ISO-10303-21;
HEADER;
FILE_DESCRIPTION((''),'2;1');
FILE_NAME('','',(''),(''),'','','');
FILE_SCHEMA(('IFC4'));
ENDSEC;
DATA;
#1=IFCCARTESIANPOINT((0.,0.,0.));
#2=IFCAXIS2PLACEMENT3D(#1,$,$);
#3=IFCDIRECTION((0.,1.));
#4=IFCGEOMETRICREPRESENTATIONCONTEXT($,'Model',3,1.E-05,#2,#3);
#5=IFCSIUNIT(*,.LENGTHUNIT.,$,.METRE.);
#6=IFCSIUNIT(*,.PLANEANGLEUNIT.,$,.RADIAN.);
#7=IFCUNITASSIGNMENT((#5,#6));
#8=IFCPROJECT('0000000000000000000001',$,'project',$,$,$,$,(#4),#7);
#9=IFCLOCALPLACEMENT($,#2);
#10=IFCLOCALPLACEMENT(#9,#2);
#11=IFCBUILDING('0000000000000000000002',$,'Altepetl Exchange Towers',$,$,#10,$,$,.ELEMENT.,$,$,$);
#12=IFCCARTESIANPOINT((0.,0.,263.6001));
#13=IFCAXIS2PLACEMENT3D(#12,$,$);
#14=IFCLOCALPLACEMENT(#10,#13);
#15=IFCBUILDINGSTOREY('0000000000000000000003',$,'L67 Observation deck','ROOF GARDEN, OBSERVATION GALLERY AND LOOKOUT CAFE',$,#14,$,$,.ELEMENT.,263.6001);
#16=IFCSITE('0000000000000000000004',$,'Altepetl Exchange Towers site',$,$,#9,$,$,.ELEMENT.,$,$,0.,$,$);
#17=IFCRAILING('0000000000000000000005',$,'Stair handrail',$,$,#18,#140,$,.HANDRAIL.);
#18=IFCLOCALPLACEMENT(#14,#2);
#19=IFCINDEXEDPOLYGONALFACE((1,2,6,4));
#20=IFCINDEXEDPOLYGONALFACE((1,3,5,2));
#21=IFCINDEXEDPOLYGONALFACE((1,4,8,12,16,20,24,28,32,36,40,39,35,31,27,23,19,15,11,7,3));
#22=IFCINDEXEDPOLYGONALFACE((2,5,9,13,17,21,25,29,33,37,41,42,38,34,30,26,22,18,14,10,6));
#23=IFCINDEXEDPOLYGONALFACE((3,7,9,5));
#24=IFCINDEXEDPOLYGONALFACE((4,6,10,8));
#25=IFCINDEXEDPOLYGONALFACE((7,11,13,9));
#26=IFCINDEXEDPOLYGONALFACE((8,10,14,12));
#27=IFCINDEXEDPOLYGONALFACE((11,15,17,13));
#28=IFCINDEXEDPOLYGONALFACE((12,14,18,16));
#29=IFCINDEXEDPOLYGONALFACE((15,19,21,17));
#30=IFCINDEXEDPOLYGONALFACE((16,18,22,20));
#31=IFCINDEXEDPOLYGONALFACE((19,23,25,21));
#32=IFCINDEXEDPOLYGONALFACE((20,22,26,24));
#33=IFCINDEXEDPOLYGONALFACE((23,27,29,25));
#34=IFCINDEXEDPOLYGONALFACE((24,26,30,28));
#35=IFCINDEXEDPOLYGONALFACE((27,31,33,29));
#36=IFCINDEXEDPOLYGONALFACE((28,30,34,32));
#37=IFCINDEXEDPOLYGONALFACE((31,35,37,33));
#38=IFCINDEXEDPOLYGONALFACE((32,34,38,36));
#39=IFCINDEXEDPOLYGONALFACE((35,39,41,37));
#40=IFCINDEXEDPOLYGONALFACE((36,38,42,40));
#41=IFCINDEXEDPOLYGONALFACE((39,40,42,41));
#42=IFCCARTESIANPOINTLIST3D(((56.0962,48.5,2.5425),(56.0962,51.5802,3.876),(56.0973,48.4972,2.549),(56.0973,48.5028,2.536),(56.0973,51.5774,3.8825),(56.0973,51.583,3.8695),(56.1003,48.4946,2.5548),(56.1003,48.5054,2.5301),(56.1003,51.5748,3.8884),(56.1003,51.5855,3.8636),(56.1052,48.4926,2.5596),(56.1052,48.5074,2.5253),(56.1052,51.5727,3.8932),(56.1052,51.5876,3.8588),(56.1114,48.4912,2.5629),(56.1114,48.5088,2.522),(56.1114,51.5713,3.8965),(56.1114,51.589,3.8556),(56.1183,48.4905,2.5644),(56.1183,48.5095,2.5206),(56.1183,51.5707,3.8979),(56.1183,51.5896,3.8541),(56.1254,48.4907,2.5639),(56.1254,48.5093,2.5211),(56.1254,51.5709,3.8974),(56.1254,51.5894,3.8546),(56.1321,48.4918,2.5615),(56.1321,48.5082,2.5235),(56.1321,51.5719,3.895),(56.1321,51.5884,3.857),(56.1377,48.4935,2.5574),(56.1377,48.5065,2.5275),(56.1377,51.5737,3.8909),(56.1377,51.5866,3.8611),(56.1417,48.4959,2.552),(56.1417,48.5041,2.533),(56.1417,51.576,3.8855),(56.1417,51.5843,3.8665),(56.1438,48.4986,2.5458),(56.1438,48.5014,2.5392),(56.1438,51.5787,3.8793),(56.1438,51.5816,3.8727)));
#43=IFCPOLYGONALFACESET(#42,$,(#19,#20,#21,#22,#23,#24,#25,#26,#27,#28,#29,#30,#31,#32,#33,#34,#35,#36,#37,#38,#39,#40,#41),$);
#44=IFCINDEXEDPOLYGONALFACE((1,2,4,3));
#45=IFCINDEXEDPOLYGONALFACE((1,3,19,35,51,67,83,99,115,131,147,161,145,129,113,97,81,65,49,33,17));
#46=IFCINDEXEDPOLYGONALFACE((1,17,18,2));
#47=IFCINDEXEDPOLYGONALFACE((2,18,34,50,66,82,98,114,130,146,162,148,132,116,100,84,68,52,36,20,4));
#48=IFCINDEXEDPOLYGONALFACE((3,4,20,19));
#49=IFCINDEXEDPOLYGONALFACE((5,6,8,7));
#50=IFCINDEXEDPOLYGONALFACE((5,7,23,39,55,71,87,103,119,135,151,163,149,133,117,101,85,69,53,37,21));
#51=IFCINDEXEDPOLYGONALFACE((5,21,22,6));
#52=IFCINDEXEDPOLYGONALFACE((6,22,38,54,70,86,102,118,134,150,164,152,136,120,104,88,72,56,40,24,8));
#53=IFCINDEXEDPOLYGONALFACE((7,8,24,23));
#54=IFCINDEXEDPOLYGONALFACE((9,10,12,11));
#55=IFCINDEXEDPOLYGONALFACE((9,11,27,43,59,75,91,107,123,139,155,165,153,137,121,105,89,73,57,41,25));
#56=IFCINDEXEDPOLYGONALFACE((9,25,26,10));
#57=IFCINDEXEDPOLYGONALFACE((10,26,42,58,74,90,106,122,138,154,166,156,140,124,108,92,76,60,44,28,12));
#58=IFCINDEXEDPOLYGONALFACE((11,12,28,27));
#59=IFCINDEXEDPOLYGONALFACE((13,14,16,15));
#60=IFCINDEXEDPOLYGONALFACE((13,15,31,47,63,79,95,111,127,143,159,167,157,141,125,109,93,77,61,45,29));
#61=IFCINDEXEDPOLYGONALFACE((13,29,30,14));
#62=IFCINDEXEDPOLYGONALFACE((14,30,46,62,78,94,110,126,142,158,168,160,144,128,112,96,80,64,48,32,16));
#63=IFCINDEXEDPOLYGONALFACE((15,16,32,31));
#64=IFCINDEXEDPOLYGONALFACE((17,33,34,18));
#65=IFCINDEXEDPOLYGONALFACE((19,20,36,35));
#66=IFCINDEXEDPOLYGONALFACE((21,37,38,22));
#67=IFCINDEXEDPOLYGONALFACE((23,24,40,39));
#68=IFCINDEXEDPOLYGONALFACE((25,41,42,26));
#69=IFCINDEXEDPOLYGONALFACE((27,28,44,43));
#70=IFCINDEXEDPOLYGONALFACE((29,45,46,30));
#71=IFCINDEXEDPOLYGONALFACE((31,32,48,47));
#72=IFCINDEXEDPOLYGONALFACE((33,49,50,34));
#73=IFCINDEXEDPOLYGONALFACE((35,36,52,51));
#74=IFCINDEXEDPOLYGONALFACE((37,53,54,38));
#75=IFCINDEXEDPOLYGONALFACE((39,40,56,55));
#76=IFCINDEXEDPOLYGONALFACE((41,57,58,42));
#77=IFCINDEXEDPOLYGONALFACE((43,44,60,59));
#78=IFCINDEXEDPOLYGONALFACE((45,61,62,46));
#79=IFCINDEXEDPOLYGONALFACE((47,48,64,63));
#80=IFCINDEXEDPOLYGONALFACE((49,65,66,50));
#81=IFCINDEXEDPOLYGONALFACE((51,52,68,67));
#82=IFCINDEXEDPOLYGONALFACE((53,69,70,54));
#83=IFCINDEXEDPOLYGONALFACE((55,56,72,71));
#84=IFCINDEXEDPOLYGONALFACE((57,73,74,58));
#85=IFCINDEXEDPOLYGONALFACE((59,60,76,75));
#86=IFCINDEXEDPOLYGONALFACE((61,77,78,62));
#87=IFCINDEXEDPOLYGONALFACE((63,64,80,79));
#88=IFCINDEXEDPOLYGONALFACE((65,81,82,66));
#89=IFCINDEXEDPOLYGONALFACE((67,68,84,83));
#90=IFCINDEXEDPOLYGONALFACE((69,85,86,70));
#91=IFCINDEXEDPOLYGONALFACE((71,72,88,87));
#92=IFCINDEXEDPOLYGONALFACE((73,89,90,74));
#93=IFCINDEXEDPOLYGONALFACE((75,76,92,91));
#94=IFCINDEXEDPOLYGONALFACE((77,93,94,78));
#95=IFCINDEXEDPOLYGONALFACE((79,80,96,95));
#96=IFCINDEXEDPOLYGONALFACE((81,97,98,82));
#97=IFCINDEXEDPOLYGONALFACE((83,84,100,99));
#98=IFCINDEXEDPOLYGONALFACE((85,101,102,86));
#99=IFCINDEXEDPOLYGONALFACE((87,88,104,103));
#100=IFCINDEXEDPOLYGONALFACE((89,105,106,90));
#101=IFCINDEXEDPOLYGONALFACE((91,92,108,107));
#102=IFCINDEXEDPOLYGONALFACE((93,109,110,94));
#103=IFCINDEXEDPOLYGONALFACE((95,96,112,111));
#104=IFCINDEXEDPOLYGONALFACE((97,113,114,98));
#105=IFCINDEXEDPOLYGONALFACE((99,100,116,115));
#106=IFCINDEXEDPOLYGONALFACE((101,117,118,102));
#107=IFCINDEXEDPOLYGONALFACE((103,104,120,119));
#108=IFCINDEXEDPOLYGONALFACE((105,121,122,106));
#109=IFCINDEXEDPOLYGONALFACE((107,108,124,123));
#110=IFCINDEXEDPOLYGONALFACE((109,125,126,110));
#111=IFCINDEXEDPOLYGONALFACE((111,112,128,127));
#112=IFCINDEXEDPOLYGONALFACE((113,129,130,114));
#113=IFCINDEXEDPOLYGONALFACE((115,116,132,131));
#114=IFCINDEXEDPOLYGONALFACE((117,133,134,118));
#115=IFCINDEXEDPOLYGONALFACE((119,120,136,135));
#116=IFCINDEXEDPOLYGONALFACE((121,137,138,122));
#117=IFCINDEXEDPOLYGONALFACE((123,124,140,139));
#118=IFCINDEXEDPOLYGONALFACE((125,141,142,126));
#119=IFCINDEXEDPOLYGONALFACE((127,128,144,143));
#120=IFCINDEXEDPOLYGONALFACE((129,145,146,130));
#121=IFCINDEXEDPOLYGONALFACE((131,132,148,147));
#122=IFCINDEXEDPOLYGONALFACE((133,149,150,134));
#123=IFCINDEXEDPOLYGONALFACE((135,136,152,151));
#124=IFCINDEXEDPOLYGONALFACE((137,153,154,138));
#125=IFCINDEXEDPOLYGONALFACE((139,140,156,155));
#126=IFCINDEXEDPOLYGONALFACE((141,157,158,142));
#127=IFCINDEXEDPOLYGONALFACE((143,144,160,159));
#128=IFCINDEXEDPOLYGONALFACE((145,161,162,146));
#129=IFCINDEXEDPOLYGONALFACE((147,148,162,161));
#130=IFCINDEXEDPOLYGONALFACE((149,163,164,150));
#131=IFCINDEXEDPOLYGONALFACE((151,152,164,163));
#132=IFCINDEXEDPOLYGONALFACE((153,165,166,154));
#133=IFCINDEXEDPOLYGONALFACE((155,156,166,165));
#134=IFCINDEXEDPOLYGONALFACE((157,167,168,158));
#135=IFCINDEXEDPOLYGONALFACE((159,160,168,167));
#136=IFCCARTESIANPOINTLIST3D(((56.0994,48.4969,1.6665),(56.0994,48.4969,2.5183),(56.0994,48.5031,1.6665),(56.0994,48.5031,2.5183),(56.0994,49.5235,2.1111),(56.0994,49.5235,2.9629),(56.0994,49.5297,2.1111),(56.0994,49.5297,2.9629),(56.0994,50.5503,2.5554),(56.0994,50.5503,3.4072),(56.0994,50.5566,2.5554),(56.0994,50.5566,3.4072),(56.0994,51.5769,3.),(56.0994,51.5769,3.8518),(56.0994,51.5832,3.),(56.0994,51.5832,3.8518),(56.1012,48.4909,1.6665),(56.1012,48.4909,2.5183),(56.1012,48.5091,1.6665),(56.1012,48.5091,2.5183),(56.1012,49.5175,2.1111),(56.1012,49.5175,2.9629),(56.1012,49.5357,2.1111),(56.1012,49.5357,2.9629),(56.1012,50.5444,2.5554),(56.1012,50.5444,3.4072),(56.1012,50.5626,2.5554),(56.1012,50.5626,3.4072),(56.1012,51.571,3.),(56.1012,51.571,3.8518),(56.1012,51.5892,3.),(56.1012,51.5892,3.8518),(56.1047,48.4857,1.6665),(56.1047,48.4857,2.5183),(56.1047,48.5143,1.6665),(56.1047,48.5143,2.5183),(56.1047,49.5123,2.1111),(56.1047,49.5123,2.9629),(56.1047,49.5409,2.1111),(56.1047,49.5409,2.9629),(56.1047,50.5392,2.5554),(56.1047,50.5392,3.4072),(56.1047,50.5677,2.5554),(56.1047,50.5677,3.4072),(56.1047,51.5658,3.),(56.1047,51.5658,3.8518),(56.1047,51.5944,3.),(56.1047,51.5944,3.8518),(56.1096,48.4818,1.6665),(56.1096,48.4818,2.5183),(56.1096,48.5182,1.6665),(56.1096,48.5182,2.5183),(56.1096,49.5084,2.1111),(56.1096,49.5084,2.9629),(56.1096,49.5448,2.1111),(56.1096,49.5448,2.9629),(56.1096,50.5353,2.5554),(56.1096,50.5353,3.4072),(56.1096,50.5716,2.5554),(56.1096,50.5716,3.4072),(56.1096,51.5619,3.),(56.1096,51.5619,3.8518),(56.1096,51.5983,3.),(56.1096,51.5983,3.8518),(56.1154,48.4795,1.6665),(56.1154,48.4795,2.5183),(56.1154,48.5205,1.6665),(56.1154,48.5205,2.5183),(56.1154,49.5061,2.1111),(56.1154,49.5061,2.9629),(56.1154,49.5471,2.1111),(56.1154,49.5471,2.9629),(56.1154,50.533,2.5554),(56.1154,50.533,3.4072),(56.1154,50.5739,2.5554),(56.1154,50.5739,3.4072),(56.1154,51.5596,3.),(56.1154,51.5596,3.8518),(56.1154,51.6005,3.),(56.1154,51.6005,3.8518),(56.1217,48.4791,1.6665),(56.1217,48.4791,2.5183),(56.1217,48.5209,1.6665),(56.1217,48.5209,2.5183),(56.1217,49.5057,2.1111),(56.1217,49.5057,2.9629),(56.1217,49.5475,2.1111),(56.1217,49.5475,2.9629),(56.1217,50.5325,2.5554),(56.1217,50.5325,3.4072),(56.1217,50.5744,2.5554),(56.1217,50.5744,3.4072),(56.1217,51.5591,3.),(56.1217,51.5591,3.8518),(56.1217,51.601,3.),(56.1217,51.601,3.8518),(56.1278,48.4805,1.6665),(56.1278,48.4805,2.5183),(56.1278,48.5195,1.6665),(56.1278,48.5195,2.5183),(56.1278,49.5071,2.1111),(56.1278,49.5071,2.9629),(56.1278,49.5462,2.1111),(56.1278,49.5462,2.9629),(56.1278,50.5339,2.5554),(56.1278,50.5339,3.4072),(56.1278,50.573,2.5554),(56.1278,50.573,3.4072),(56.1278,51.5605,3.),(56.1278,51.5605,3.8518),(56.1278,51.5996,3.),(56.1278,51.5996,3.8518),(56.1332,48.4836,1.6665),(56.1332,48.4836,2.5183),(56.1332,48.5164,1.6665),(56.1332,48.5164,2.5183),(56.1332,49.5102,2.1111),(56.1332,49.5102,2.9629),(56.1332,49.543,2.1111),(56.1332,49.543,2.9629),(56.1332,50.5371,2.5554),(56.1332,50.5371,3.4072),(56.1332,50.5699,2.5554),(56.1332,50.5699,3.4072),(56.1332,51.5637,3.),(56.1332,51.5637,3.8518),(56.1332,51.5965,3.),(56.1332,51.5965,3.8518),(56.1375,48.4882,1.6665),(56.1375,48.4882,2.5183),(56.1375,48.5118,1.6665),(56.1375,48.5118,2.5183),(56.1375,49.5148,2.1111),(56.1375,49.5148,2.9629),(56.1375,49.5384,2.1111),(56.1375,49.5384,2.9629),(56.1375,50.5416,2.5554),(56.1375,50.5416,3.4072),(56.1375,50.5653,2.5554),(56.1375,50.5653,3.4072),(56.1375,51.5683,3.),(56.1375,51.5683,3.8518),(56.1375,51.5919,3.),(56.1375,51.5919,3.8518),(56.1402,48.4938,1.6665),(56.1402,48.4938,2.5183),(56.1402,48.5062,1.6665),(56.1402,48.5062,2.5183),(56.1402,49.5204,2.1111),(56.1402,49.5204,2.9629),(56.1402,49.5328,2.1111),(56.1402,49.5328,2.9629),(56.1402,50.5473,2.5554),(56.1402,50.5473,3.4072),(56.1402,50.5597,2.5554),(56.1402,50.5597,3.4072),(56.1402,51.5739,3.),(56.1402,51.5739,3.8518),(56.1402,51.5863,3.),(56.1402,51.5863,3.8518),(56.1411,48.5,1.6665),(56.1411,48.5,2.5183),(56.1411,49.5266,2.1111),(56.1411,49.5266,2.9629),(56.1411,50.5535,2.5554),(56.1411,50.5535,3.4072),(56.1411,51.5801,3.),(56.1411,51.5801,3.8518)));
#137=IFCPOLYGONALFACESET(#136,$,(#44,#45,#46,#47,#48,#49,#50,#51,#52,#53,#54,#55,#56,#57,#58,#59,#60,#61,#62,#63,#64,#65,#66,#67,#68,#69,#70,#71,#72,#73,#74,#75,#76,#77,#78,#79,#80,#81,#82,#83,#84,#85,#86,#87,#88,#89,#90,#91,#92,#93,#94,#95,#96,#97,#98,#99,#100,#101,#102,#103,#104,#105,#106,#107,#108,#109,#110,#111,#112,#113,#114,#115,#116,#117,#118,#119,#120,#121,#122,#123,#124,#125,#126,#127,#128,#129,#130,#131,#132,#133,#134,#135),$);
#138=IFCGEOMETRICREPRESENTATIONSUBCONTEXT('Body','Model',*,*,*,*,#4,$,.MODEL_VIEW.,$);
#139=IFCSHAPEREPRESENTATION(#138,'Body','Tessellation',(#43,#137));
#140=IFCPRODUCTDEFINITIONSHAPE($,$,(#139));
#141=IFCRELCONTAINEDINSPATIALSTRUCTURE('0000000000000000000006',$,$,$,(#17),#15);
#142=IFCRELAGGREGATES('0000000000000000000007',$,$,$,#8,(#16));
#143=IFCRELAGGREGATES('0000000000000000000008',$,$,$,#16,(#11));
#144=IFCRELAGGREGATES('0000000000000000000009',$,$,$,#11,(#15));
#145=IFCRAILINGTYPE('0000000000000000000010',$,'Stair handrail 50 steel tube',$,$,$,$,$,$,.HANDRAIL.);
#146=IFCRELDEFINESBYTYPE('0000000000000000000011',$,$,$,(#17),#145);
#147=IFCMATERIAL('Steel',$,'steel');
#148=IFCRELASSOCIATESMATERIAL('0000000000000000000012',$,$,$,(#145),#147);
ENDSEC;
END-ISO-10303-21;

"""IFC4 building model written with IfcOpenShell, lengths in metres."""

from ifc_helpers import new_model, si_unit, direction, frame, origin, origin_2d, place, context, subcontext, project, spatial, circle, extrude, source, transform, mapped, material, type_object, element, save


model = new_model("IFC4")

# Units and contexts
model_context = context("Model", 3, precision=1e-05, world=origin(), true_north=direction((0.0, 1.0)))
body_context = subcontext(model_context, "Body", "Model", "MODEL_VIEW")
ifc_project = project(units=[si_unit("LENGTHUNIT", "METRE"), si_unit("PLANEANGLEUNIT", "RADIAN")], contexts=[model_context])

# Site, building, storey
site_placement = place(None, origin())
site = spatial("IfcSite", under=ifc_project, at=site_placement, Name="Altepetl Exchange Towers site", CompositionType="ELEMENT", RefElevation=0.0)
building_placement = place(site_placement, origin())
building = spatial("IfcBuilding", under=site, at=building_placement, Name="Altepetl Exchange Towers", CompositionType="ELEMENT")
storey_placement = place(building_placement, frame((0.0, 0.0, 263.6001)))
storey = spatial("IfcBuildingStorey", under=building, at=storey_placement, Name="L67 Observation deck", Description="ROOF GARDEN, OBSERVATION GALLERY AND LOOKOUT CAFE", CompositionType="ELEMENT", Elevation=263.6001)

# Railing
ifc_material_1 = material(Name="Steel", Category="steel")
railing_type = type_object("IfcRailingType", Name="Stair handrail 50 steel tube", PredefinedType="HANDRAIL", material=ifc_material_1)
shared_shape = source(origin(), body_context, "Body", "SweptSolid", [
    extrude(circle(Radius=0.021, at=origin_2d()), origin(), (0.0, 0.0, 1.0), 0.8518),
])
for number, where, name in (
    (1, (56.1201, 48.5, 1.6665), "Stair handrail"),
):
    element("IfcRailing", number, at=place(storey_placement, frame(where)), inside=storey, type_object=railing_type, Name=name, PredefinedType="HANDRAIL", context=body_context, shape_type="SweptSolid", body=[
        extrude(circle(Radius=0.0239, at=origin_2d()), frame((0.0, 0.0, 0.876), z_axis=(0.0, 0.917686, 0.397305), x_axis=(-1.0, 0.0, 0.0)), (0.0, 0.0, 1.0), 3.3564),
        mapped(shared_shape, transform((0.0, 0.0, 0.0))),
        mapped(shared_shape, transform((0.0, 1.0266, 0.4446))),
        mapped(shared_shape, transform((0.0, 2.0535, 0.8889))),
        mapped(shared_shape, transform((0.0, 3.0801, 1.3335))),
    ])

save(model, "model.ifc")
